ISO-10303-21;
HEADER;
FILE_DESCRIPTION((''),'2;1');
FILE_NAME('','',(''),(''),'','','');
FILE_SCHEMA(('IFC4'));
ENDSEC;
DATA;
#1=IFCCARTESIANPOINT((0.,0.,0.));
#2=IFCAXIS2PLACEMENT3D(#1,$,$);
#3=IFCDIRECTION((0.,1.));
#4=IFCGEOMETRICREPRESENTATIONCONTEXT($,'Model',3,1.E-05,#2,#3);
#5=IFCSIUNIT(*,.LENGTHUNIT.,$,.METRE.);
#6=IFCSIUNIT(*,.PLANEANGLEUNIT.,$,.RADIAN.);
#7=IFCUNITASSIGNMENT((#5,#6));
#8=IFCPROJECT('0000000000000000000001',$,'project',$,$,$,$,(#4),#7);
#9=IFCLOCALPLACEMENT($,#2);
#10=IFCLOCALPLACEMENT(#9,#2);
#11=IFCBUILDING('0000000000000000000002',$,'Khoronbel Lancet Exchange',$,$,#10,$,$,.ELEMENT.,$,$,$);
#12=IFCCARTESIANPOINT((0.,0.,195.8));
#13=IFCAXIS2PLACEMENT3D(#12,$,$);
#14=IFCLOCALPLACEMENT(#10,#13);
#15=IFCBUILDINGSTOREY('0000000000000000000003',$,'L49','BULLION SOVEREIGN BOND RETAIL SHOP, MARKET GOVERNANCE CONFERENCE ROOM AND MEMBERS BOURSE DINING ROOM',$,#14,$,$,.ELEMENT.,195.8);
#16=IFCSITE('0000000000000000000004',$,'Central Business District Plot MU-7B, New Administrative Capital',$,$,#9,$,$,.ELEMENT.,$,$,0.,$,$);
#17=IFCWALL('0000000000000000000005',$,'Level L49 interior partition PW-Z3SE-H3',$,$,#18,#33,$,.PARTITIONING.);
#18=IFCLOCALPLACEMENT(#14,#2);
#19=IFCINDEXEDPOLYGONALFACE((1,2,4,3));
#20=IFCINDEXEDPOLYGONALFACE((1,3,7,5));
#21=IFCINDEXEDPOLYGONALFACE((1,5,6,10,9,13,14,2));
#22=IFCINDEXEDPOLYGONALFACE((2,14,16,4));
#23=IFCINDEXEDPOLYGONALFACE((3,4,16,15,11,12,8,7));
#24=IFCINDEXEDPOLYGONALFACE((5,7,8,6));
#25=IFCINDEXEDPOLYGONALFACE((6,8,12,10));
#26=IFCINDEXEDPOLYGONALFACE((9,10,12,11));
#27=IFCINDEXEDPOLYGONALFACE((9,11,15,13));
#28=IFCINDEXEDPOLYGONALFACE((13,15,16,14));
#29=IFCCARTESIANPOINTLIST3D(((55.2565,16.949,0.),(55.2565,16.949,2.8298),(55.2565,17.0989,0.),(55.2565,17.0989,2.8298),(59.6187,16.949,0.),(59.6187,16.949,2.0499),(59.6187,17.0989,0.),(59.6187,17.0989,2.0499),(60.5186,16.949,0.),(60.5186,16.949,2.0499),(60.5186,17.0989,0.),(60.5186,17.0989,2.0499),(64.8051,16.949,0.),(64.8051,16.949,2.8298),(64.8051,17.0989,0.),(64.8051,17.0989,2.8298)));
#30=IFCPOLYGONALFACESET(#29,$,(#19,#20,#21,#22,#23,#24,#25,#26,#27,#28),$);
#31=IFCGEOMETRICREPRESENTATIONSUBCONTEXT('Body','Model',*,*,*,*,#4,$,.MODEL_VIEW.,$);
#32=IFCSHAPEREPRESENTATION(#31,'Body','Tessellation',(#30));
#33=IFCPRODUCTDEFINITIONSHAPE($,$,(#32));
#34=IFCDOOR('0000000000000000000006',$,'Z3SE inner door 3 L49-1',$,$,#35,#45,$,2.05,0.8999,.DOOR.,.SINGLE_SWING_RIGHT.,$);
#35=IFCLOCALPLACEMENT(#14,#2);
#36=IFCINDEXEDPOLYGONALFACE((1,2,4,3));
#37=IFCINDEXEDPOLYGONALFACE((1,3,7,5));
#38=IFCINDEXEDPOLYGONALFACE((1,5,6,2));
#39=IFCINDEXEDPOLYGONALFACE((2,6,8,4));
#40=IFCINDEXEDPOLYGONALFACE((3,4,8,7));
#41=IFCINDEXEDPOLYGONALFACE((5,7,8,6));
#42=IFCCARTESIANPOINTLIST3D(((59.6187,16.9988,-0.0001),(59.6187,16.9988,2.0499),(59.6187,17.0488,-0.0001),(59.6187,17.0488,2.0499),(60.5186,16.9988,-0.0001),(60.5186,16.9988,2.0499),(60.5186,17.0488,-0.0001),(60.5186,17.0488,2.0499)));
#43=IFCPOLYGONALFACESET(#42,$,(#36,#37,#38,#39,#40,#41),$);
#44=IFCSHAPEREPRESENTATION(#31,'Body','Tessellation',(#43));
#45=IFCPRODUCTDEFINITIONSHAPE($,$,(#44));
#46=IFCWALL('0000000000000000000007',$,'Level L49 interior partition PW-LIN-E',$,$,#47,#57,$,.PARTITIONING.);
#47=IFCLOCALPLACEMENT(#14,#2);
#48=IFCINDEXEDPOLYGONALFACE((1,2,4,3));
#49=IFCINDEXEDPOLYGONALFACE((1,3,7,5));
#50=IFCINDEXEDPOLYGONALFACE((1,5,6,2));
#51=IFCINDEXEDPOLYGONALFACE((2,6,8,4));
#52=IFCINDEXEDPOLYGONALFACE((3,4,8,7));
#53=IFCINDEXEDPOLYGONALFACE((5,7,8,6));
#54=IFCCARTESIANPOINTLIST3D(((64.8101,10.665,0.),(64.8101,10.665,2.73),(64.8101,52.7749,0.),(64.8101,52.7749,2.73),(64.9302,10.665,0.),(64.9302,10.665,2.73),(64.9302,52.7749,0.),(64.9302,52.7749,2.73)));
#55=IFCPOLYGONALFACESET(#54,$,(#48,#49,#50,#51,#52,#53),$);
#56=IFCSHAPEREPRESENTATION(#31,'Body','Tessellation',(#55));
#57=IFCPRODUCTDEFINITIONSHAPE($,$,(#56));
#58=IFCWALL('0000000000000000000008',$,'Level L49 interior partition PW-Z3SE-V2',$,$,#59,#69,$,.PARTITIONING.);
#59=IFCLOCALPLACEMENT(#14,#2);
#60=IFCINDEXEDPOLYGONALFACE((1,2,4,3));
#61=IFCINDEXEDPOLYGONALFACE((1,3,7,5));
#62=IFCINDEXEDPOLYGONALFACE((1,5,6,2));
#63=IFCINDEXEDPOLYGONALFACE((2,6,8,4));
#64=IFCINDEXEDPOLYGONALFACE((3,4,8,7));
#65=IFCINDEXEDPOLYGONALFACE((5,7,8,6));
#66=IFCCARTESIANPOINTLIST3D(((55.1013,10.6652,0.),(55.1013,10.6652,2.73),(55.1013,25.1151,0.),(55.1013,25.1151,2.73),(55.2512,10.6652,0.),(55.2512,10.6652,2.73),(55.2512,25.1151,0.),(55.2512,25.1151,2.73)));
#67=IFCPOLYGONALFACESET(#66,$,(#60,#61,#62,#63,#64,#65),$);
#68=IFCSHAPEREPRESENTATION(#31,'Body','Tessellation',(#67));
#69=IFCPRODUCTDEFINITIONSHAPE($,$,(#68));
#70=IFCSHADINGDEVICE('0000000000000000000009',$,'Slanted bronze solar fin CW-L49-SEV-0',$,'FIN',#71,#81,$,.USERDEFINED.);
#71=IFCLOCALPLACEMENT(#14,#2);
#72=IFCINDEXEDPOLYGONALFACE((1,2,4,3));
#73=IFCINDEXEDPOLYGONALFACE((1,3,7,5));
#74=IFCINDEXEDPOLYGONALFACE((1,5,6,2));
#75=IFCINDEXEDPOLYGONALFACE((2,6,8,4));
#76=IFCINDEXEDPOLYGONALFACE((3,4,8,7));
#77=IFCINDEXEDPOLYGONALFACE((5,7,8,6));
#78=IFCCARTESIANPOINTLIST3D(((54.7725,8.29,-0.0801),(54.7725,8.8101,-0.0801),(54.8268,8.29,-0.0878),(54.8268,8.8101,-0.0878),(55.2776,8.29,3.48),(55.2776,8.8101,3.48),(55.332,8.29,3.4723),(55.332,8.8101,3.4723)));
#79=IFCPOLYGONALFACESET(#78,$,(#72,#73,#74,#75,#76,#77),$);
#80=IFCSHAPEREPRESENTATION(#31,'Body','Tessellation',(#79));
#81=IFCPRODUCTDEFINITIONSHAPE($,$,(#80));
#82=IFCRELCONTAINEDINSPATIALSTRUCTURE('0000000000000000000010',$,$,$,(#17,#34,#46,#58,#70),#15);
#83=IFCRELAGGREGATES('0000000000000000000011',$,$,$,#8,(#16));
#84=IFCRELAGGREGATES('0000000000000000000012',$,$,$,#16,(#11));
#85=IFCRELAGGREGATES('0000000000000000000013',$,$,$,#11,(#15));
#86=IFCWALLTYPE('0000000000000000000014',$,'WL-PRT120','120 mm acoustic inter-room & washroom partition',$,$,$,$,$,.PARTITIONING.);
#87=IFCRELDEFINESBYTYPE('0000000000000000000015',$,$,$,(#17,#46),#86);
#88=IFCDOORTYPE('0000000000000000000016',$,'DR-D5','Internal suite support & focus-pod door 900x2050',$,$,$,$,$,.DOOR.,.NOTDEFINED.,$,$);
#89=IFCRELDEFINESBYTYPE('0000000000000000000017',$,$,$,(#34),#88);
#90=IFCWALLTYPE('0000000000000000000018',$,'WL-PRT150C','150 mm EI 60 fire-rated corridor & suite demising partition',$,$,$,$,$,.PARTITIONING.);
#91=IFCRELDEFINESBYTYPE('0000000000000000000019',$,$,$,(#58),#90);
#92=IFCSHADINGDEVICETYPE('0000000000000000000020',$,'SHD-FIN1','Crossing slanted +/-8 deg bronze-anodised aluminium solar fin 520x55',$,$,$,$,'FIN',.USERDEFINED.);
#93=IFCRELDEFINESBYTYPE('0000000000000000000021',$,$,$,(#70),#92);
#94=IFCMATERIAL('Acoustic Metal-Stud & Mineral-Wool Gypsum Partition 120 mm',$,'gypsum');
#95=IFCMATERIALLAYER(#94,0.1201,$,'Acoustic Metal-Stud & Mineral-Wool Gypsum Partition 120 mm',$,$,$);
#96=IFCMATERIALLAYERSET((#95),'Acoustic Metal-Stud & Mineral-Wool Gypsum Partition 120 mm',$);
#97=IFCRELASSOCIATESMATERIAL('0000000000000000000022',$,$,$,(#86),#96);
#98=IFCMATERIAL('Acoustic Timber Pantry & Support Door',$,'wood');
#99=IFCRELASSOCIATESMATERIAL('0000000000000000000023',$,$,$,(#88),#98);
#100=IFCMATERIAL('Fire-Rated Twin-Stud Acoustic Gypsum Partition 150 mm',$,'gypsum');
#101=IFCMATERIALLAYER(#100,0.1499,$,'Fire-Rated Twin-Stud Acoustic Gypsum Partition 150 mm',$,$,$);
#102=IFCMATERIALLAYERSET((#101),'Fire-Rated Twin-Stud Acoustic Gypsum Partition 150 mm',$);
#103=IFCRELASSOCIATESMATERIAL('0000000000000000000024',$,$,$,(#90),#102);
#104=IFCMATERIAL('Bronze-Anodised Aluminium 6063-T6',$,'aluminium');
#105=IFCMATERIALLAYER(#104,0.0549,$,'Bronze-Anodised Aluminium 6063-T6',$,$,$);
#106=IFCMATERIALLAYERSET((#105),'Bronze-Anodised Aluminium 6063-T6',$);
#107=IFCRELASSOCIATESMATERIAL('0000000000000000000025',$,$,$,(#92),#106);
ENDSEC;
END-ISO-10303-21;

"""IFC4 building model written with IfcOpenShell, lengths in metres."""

from ifc_helpers import new_model, si_unit, direction, frame, frame_2d, origin, place, context, subcontext, project, spatial, polyline, rectangle, outline, extrude, material, layer, layer_set, type_object, element, fill, save


model = new_model("IFC4")

# Units and contexts
model_context = context("Model", 3, precision=1e-05, world=origin(), true_north=direction((0.0, 1.0)))
body_context = subcontext(model_context, "Body", "Model", "MODEL_VIEW")
ifc_project = project(units=[si_unit("LENGTHUNIT", "METRE"), si_unit("PLANEANGLEUNIT", "RADIAN")], contexts=[model_context])

# Site, building, storey
site_placement = place(None, origin())
site = spatial("IfcSite", under=ifc_project, at=site_placement, Name="Central Business District Plot MU-7B, New Administrative Capital", CompositionType="ELEMENT", RefElevation=0.0)
building_placement = place(site_placement, origin())
building = spatial("IfcBuilding", under=site, at=building_placement, Name="Khoronbel Lancet Exchange", CompositionType="ELEMENT")
storey_placement = place(building_placement, frame((0.0, 0.0, 195.8)))
storey = spatial("IfcBuildingStorey", under=building, at=storey_placement, Name="L49", Description="BULLION SOVEREIGN BOND RETAIL SHOP, MARKET GOVERNANCE CONFERENCE ROOM AND MEMBERS BOURSE DINING ROOM", CompositionType="ELEMENT", Elevation=195.8)

# Shared definitions
ifc_material_1 = material(Name="Bronze-Anodised Aluminium 6063-T6", Category="aluminium")

# Wall, opening, door
ifc_material_2 = material(Name="Acoustic Metal-Stud & Mineral-Wool Gypsum Partition 120 mm", Category="gypsum")
ifc_layer_1 = layer(ifc_material_2, 0.1201, Name="Acoustic Metal-Stud & Mineral-Wool Gypsum Partition 120 mm")
ifc_layer_set_1 = layer_set([ifc_layer_1], Name="Acoustic Metal-Stud & Mineral-Wool Gypsum Partition 120 mm")
wall_type_1 = type_object("IfcWallType", Name="WL-PRT120", Description="120 mm acoustic inter-room & washroom partition", PredefinedType="PARTITIONING", material=ifc_layer_set_1)
wall_1_placement = place(storey_placement, frame((55.2563, 17.0239, 0.0), z_axis=(0.0, 0.0, 1.0), x_axis=(1.0, 0.0, 0.0)))
wall_1 = element("IfcWall", 1, at=wall_1_placement, inside=storey, type_object=wall_type_1, Name="Level L49 interior partition PW-Z3SE-H3", PredefinedType="PARTITIONING", context=body_context, shape_type="SweptSolid", body=[
    extrude(rectangle(XDim=9.5486, YDim=0.1499, at=frame_2d((4.7744, 0.0))), origin(), (0.0, 0.0, 1.0), 2.8298),
])
opening_placement = place(wall_1_placement, frame((4.3623, 0.0, 0.0)))
opening = element("IfcOpeningElement", 2, at=opening_placement, cuts=wall_1, PredefinedType="OPENING", context=body_context, shape_type="SweptSolid", body=[
    extrude(rectangle(XDim=0.8999, YDim=2.05, at=frame_2d((0.45, 1.0249))), frame((0.0, 0.085, 0.0), z_axis=(0.0, -1.0, 0.0), x_axis=(1.0, 0.0, 0.0)), (0.0, 0.0, 1.0), 0.1699),
])
ifc_material_3 = material(Name="Acoustic Timber Pantry & Support Door", Category="wood")
door_type = type_object("IfcDoorType", Name="DR-D5", Description="Internal suite support & focus-pod door 900x2050", OperationType="NOTDEFINED", PredefinedType="DOOR", material=ifc_material_3)
door_placement = place(opening_placement, origin())
door = element("IfcDoor", 3, at=door_placement, inside=storey, type_object=door_type, Name="Z3SE inner door 3 L49-1", OperationType="SINGLE_SWING_RIGHT", OverallHeight=2.05, OverallWidth=0.8999, PredefinedType="DOOR", context=body_context, shape_type="SweptSolid", body=[
    extrude(rectangle(XDim=0.8999, YDim=2.05, at=frame_2d((0.45, 1.0249))), frame((0.0, 0.0249, 0.0), z_axis=(0.0, -1.0, 0.0), x_axis=(1.0, 0.0, 0.0)), (0.0, 0.0, 1.0), 0.05),
])
fill(opening, door)

# Walls
wall_2_placement = place(storey_placement, frame((64.8701, 10.665, 0.0), z_axis=(0.0, 0.0, 1.0), x_axis=(0.0, 1.0, 0.0)))
element("IfcWall", 4, at=wall_2_placement, inside=storey, type_object=wall_type_1, Name="Level L49 interior partition PW-LIN-E", PredefinedType="PARTITIONING", context=body_context, shape_type="SweptSolid", body=[
    extrude(rectangle(XDim=42.1099, YDim=0.1201, at=frame_2d((21.0549, 0.0))), origin(), (0.0, 0.0, 1.0), 2.73),
])
ifc_material_4 = material(Name="Fire-Rated Twin-Stud Acoustic Gypsum Partition 150 mm", Category="gypsum")
ifc_layer_2 = layer(ifc_material_4, 0.1499, Name="Fire-Rated Twin-Stud Acoustic Gypsum Partition 150 mm")
ifc_layer_set_2 = layer_set([ifc_layer_2], Name="Fire-Rated Twin-Stud Acoustic Gypsum Partition 150 mm")
wall_type_2 = type_object("IfcWallType", Name="WL-PRT150C", Description="150 mm EI 60 fire-rated corridor & suite demising partition", PredefinedType="PARTITIONING", material=ifc_layer_set_2)
wall_3_placement = place(storey_placement, frame((55.1763, 10.665, 0.0), z_axis=(0.0, 0.0, 1.0), x_axis=(0.0, 1.0, 0.0)))
element("IfcWall", 5, at=wall_3_placement, inside=storey, type_object=wall_type_2, Name="Level L49 interior partition PW-Z3SE-V2", PredefinedType="PARTITIONING", context=body_context, shape_type="SweptSolid", body=[
    extrude(rectangle(XDim=14.45, YDim=0.1499, at=frame_2d((7.2251, 0.0))), origin(), (0.0, 0.0, 1.0), 2.73),
])

# Shading device
ifc_layer_3 = layer(ifc_material_1, 0.0549, Name="Bronze-Anodised Aluminium 6063-T6")
ifc_layer_set_3 = layer_set([ifc_layer_3], Name="Bronze-Anodised Aluminium 6063-T6")
shading_device_type = type_object("IfcShadingDeviceType", Name="SHD-FIN1", Description="Crossing slanted +/-8 deg bronze-anodised aluminium solar fin 520x55", ElementType="FIN", PredefinedType="USERDEFINED", material=ifc_layer_set_3)
shading_device_placement = place(storey_placement, frame((54.7725, 8.8101, -0.0801), z_axis=(-0.990083, 0.0, 0.14048), x_axis=(0.0, -1.0, 0.0)))
element("IfcShadingDevice", 6, at=shading_device_placement, inside=storey, type_object=shading_device_type, Name="Slanted bronze solar fin CW-L49-SEV-0", ObjectType="FIN", PredefinedType="USERDEFINED", context=body_context, shape_type="SweptSolid", body=[
    extrude(outline(polyline([(0.0, 0.0), (0.52, 0.0), (0.52, 3.5957), (0.0, 3.5957), (0.0, 0.0)])), origin(), (0.0, 0.0, -1.0), 0.0549),
])

save(model, "model.ifc")
